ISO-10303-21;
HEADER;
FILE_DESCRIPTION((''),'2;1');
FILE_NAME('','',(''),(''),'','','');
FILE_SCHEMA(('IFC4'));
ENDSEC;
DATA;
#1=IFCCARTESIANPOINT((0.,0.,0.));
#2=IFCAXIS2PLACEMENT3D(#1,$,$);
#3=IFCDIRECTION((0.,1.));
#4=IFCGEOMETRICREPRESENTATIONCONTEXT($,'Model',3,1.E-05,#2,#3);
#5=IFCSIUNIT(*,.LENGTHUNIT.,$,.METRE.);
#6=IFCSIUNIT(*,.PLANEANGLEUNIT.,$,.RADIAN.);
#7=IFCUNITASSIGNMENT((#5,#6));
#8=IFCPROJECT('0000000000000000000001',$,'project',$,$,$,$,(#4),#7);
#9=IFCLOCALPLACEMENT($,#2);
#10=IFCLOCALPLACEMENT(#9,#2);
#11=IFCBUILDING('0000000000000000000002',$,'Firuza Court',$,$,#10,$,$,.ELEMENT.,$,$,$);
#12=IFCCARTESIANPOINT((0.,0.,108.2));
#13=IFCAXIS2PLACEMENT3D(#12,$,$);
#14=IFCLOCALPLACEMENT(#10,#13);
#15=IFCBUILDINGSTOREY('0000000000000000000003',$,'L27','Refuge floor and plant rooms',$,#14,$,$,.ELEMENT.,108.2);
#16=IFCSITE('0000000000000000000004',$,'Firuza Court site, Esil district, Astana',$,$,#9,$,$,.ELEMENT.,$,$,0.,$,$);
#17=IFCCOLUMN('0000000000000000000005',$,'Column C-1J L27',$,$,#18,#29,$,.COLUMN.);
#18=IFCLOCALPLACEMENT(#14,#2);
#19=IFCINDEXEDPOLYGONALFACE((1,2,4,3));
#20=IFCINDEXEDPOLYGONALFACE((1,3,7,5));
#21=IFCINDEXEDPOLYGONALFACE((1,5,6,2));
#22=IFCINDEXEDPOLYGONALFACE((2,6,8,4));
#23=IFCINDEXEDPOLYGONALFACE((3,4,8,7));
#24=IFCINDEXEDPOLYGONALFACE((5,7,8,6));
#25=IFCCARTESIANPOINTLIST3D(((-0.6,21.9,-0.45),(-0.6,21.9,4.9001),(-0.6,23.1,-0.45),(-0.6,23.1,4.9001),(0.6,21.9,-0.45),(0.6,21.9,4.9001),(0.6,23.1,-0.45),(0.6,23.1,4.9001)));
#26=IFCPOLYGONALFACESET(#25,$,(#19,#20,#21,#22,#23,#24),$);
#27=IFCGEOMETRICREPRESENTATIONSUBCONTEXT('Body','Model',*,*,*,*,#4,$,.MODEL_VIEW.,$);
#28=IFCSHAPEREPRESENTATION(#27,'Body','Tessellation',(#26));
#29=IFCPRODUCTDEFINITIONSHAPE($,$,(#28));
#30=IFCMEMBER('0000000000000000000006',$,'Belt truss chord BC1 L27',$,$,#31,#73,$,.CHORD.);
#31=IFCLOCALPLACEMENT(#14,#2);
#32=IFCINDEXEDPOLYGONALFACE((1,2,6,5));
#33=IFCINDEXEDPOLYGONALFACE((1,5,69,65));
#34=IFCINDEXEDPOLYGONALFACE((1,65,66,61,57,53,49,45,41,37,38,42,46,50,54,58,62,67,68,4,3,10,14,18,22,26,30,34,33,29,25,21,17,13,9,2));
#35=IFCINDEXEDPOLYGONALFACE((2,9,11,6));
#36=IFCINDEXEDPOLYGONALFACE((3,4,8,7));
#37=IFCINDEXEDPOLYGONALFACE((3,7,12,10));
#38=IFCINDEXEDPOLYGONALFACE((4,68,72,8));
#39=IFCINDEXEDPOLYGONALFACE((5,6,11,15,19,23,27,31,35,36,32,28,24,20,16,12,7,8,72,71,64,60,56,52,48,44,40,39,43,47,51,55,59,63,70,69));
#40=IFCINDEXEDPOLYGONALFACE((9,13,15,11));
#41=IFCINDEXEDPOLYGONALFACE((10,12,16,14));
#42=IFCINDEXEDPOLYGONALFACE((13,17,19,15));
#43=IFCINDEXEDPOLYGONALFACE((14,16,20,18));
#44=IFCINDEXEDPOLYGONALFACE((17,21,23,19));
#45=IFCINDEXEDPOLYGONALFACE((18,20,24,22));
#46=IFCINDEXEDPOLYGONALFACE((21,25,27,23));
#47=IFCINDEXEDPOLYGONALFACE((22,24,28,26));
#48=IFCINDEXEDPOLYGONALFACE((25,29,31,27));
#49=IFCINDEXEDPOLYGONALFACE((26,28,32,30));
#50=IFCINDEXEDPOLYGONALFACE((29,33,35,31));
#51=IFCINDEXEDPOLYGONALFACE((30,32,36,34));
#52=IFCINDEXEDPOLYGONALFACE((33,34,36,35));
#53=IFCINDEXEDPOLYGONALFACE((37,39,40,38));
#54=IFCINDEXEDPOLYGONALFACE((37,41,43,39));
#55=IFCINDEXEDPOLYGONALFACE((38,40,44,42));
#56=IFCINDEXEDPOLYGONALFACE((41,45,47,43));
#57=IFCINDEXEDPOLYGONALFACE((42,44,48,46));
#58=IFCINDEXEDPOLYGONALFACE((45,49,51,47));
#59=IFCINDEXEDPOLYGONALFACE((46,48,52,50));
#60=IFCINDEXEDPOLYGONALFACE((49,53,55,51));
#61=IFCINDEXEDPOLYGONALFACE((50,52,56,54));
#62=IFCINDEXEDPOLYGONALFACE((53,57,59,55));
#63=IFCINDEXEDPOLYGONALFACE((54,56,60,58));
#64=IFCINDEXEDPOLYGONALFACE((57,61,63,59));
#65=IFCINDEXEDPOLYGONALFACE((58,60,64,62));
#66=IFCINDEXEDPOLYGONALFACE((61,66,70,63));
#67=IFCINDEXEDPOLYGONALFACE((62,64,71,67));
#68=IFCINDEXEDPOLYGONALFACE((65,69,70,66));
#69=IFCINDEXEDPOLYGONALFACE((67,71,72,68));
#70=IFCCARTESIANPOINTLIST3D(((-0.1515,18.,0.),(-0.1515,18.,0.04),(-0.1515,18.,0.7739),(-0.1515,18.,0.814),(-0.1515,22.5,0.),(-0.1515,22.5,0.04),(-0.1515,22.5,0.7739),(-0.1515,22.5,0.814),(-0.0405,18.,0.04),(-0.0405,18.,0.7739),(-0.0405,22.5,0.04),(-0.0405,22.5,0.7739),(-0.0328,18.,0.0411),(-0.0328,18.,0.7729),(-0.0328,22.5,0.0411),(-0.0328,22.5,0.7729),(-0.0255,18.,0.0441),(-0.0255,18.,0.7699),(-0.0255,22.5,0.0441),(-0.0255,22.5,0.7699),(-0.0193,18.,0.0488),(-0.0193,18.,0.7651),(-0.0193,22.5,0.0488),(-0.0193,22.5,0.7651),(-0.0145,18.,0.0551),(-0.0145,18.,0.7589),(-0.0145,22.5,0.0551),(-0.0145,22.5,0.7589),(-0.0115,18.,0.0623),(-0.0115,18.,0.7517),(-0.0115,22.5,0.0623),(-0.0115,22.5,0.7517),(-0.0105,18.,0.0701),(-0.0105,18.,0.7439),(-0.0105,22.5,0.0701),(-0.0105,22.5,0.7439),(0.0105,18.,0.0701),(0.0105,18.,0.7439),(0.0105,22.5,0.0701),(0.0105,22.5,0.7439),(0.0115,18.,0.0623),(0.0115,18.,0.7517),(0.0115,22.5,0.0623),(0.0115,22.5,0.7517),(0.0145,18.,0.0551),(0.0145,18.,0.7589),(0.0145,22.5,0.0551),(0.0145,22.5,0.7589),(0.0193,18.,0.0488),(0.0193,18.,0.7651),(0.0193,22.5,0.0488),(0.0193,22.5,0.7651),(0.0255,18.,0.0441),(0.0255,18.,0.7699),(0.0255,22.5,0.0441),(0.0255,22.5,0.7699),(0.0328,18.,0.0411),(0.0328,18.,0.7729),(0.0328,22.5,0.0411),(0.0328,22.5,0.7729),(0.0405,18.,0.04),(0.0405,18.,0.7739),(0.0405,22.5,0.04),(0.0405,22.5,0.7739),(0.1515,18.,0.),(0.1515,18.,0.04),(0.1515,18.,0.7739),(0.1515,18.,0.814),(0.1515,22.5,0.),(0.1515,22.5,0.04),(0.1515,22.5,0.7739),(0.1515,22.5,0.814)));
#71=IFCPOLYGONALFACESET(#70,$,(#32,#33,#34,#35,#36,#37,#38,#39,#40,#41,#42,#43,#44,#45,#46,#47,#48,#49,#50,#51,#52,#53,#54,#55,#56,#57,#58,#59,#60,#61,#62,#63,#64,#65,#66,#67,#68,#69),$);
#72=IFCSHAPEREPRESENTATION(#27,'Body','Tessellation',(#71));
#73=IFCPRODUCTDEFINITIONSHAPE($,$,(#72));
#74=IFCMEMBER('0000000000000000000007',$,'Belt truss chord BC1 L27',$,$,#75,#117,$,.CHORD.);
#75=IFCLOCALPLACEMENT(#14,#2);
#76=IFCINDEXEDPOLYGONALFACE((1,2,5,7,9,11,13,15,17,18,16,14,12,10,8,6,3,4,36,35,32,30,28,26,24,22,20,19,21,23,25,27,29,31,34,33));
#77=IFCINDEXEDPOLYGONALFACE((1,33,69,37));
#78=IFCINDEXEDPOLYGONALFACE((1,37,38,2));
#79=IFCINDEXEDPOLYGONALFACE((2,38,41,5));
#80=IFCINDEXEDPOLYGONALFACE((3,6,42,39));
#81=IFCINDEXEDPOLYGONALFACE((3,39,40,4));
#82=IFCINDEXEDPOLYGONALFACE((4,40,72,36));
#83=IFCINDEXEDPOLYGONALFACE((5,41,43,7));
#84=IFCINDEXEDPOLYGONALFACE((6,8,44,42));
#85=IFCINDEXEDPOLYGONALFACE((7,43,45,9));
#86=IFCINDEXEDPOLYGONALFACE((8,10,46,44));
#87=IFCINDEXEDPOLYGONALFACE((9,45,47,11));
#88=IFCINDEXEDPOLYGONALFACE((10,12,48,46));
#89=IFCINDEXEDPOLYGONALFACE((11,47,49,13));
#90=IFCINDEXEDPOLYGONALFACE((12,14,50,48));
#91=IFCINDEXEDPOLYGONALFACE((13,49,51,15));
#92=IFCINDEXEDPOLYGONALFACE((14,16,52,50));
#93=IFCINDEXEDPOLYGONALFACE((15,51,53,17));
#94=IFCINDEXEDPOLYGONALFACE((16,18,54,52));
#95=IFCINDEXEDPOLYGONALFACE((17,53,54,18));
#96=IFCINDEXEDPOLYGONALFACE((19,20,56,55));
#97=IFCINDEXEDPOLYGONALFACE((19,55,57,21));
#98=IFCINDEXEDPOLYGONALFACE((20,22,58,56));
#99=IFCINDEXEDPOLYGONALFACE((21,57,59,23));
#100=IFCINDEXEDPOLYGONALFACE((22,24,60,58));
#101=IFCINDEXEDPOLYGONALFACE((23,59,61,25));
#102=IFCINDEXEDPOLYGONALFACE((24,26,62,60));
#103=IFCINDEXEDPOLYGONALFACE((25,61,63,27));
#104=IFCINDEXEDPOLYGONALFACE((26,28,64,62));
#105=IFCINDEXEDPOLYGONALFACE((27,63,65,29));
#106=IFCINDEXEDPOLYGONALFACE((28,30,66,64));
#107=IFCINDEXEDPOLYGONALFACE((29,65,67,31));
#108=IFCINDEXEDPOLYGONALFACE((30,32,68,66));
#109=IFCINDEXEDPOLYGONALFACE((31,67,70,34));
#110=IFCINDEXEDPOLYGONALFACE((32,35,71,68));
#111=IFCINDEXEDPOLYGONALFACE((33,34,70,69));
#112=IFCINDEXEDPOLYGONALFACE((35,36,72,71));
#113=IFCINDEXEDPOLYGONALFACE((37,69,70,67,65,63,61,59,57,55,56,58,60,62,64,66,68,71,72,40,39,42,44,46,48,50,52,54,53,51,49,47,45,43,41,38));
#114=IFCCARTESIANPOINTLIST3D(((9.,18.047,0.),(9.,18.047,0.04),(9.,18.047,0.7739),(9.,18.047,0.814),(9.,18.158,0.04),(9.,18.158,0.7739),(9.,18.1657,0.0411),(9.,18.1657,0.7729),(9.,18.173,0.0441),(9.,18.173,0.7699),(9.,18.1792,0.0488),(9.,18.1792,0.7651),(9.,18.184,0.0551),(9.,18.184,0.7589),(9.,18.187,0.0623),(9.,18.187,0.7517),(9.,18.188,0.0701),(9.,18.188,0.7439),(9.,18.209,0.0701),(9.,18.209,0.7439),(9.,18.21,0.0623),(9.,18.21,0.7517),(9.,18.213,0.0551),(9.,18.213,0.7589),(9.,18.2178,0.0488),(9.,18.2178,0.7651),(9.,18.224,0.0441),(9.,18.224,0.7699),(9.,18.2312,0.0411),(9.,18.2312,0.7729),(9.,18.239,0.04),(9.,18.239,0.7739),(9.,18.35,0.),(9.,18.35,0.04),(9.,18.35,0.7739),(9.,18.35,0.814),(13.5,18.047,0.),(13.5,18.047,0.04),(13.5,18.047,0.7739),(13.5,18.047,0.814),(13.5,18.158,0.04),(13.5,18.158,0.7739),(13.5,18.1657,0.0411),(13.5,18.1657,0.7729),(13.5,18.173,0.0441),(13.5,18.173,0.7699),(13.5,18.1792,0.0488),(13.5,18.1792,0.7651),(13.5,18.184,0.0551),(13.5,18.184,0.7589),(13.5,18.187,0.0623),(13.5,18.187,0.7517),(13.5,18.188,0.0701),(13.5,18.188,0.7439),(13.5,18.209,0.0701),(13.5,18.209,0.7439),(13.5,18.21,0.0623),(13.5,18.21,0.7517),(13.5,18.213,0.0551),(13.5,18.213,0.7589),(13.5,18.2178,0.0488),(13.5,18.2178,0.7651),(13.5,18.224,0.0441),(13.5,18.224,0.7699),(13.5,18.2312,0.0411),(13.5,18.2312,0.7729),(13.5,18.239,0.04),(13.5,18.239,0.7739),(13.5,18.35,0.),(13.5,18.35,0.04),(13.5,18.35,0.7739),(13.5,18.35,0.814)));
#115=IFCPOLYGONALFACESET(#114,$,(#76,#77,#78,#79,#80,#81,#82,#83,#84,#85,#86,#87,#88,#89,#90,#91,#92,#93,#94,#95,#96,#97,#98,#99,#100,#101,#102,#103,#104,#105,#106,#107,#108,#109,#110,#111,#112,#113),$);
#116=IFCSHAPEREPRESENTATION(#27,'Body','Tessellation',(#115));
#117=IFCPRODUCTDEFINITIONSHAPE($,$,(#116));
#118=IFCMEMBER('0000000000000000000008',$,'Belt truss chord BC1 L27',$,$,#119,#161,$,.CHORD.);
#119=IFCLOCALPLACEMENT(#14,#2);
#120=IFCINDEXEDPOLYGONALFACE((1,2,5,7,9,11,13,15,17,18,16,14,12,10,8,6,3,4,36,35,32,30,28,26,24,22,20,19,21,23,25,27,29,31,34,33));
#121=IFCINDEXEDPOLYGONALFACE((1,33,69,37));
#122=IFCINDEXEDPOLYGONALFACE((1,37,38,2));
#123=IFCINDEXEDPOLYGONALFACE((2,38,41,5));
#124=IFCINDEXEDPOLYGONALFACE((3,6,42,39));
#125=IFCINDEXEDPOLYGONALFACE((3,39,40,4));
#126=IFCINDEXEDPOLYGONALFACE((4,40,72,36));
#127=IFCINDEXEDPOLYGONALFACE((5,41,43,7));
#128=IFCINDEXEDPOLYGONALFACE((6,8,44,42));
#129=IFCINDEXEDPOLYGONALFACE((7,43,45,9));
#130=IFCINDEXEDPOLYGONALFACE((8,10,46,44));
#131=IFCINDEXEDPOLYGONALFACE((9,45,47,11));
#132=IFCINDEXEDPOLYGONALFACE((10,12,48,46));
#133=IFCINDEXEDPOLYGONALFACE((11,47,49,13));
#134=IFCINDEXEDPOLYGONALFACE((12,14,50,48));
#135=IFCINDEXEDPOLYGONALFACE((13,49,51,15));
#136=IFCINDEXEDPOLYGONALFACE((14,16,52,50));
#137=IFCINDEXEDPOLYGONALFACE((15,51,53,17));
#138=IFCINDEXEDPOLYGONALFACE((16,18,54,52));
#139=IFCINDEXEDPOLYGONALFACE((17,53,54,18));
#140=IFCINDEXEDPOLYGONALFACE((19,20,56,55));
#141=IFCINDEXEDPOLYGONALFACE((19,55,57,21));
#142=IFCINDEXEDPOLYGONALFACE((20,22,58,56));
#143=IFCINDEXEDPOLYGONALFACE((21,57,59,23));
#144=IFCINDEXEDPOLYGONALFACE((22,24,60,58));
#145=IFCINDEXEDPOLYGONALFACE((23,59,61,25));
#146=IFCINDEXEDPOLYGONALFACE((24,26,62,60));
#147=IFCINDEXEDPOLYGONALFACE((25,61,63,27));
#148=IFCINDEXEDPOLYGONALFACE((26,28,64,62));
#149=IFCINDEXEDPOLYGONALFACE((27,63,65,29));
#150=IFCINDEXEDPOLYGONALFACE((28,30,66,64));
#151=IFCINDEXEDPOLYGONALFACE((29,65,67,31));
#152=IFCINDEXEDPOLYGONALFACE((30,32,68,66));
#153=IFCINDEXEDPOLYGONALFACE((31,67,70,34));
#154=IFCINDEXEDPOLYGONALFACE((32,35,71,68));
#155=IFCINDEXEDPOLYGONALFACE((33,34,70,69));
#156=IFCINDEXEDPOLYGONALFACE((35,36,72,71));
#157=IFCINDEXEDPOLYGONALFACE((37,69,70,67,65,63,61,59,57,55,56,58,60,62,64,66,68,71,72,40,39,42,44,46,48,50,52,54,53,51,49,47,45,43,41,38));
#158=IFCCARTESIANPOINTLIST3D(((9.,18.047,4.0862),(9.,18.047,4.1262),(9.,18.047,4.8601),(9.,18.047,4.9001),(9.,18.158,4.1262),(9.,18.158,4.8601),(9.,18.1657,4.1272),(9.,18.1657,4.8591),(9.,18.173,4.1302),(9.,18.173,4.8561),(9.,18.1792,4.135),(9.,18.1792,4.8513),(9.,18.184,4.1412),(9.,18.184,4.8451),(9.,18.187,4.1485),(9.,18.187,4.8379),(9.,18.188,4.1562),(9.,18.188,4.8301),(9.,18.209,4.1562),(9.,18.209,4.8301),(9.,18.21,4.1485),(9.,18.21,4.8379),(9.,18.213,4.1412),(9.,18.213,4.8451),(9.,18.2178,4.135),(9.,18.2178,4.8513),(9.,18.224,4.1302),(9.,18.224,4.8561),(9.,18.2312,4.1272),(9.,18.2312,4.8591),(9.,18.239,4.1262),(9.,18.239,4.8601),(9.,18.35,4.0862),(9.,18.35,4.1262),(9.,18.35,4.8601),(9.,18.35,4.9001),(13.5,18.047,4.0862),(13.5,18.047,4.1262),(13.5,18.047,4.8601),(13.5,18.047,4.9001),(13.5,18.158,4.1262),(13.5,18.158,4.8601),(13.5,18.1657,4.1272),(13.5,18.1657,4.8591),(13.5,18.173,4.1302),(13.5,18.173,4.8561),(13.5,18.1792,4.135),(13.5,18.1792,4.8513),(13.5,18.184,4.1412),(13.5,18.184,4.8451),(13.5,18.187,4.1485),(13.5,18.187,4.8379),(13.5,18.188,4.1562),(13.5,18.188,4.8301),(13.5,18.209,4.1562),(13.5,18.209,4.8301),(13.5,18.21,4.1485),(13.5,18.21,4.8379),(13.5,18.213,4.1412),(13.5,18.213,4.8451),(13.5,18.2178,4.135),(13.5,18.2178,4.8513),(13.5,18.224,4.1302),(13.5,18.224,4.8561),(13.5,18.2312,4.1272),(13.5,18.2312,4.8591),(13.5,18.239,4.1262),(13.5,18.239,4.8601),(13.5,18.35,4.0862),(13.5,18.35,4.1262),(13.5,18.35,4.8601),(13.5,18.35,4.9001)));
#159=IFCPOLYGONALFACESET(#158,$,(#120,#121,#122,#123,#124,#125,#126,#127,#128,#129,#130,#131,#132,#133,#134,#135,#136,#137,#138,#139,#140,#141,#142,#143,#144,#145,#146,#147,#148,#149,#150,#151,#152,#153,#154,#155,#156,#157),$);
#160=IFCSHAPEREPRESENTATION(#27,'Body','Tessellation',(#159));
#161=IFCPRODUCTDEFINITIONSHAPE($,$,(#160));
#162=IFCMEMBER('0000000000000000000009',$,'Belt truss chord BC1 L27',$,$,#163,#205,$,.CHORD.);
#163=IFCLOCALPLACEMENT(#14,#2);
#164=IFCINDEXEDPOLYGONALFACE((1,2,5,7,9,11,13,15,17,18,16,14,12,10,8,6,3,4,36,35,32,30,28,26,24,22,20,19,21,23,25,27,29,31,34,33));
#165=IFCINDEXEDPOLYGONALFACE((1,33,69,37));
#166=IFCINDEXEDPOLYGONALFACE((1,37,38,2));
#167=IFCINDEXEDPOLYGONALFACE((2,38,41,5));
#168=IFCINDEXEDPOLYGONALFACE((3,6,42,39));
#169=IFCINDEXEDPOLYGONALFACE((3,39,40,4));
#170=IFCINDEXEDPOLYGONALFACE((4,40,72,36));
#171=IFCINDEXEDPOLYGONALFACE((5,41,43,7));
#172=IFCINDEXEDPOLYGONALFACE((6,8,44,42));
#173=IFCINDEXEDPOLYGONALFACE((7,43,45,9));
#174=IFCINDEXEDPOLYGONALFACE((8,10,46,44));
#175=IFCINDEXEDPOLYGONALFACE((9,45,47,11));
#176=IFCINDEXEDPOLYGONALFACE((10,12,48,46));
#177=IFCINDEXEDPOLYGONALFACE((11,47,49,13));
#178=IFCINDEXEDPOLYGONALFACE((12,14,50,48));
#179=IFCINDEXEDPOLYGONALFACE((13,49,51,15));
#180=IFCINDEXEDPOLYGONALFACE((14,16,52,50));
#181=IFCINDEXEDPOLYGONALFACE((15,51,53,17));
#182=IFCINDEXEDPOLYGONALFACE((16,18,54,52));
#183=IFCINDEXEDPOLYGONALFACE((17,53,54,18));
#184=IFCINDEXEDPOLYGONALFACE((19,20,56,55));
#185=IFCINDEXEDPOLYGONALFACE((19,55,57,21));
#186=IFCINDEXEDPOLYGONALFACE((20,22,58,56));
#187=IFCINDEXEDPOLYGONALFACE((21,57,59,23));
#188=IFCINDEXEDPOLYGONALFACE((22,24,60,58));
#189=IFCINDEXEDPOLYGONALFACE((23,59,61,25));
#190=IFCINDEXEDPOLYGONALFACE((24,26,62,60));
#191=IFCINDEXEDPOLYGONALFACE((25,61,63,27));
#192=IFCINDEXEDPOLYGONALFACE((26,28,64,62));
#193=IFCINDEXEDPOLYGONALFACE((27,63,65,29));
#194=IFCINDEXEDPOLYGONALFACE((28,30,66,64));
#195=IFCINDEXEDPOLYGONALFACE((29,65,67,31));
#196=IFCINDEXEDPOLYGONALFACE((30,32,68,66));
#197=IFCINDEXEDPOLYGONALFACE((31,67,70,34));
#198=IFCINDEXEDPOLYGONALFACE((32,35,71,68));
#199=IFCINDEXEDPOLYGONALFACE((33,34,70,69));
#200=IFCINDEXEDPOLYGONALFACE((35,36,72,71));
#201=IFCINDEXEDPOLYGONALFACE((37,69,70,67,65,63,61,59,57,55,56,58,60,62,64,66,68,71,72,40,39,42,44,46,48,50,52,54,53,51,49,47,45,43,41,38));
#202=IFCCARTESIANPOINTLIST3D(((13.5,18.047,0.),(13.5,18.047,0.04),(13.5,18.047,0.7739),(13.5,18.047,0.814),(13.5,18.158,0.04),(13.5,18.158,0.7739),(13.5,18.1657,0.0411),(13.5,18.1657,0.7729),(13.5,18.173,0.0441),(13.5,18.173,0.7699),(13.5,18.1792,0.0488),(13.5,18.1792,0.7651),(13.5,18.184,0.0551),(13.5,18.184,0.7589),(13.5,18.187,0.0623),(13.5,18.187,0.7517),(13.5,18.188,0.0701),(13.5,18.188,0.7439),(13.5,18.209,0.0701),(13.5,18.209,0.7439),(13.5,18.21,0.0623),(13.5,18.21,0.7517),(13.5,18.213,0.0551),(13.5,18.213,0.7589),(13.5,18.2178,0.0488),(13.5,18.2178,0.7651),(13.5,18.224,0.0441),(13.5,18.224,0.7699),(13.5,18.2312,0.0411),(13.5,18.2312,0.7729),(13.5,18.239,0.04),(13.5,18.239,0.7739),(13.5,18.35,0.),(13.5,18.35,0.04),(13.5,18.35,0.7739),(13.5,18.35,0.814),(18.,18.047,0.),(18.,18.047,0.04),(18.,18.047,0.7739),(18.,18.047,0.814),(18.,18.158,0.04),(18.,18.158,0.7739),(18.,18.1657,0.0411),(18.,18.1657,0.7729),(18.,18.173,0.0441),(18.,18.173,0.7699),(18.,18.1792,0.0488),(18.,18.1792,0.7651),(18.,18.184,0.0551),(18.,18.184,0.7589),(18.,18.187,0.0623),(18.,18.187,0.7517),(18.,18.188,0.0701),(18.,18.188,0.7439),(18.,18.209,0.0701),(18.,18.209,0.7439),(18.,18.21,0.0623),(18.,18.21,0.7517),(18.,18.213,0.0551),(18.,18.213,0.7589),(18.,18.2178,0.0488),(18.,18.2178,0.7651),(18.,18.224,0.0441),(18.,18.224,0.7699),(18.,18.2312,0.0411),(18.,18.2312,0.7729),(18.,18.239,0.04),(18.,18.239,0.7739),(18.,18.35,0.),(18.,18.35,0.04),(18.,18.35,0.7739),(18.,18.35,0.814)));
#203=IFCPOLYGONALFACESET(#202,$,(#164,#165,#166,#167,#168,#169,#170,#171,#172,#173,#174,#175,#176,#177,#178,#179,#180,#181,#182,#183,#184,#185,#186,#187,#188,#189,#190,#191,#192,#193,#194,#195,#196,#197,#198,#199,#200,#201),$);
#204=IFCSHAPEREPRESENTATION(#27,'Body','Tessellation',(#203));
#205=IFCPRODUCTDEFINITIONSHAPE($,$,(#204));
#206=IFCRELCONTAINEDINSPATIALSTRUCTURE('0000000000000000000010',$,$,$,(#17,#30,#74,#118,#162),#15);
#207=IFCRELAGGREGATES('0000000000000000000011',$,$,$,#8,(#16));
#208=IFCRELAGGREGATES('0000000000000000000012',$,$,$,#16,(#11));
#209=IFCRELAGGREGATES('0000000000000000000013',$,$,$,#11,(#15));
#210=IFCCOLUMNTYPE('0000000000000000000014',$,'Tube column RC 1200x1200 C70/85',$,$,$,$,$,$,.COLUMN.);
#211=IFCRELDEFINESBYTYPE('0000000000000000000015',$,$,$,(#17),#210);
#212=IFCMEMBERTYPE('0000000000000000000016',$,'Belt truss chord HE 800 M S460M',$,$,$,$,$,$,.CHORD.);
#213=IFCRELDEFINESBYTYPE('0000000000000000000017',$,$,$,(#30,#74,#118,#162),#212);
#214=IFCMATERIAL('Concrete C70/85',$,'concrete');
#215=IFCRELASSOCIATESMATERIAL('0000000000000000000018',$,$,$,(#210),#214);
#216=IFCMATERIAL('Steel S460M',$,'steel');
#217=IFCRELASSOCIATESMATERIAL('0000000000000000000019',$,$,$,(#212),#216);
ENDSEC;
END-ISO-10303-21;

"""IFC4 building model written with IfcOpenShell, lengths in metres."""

from ifc_helpers import new_model, si_unit, direction, frame, origin, origin_2d, place, context, subcontext, project, spatial, rectangle, i_section, extrude, material, material_profile, profile_set, type_object, element, save


model = new_model("IFC4")

# Units and contexts
model_context = context("Model", 3, precision=1e-05, world=origin(), true_north=direction((0.0, 1.0)))
body_context = subcontext(model_context, "Body", "Model", "MODEL_VIEW")
ifc_project = project(units=[si_unit("LENGTHUNIT", "METRE"), si_unit("PLANEANGLEUNIT", "RADIAN")], contexts=[model_context])

# Site, building, storey
site_placement = place(None, origin())
site = spatial("IfcSite", under=ifc_project, at=site_placement, Name="Firuza Court site, Esil district, Astana", CompositionType="ELEMENT", RefElevation=0.0)
building_placement = place(site_placement, origin())
building = spatial("IfcBuilding", under=site, at=building_placement, Name="Firuza Court", CompositionType="ELEMENT")
storey_placement = place(building_placement, frame((0.0, 0.0, 108.2)))
storey = spatial("IfcBuildingStorey", under=building, at=storey_placement, Name="L27", Description="Refuge floor and plant rooms", CompositionType="ELEMENT", Elevation=108.2)

# Column
ifc_material_1 = material(Name="Concrete C70/85", Category="concrete")
ifc_material_profile_1 = material_profile(ifc_material_1, rectangle(XDim=1.2, YDim=1.2, at=origin_2d()), Name="RC 1200x1200")
ifc_profile_set_1 = profile_set([ifc_material_profile_1], Name="Concrete C70/85")
column_type = type_object("IfcColumnType", Name="Tube column RC 1200x1200 C70/85", PredefinedType="COLUMN", material=ifc_profile_set_1)
column_placement = place(storey_placement, frame((0.0, 22.5, -0.45), z_axis=(0.0, 0.0, 1.0), x_axis=(1.0, 0.0, 0.0)))
element("IfcColumn", 1, at=column_placement, inside=storey, type_object=column_type, Name="Column C-1J L27", PredefinedType="COLUMN", context=body_context, shape_type="SweptSolid", body=[
    extrude(rectangle(XDim=1.2, YDim=1.2, at=origin_2d()), origin(), (0.0, 0.0, 1.0), 5.3501),
])

# Members
ifc_material_2 = material(Name="Steel S460M", Category="steel")
ifc_material_profile_2 = material_profile(ifc_material_2, i_section(OverallWidth=0.303, OverallDepth=0.814, WebThickness=0.021, FlangeThickness=0.04, FilletRadius=0.03, at=origin_2d()), Name="HE 800 M")
ifc_profile_set_2 = profile_set([ifc_material_profile_2], Name="Steel S460M")
member_type_1 = type_object("IfcMemberType", Name="Belt truss chord HE 800 M S460M", PredefinedType="CHORD", material=ifc_profile_set_2)
for number, where, z_axis, x_axis, name in (
    (2, (0.0, 22.5, 0.407), (0.0, -1.0, 0.0), (1.0, 0.0, 0.0), "Belt truss chord BC1 L27"),
    (3, (9.0, 18.1985, 0.407), (1.0, 0.0, 0.0), (0.0, 1.0, 0.0), "Belt truss chord BC1 L27"),
    (4, (9.0, 18.1985, 4.4932), (1.0, 0.0, 0.0), (0.0, 1.0, 0.0), "Belt truss chord BC1 L27"),
    (5, (13.5, 18.1985, 0.407), (1.0, 0.0, 0.0), (0.0, 1.0, 0.0), "Belt truss chord BC1 L27"),
):
    element("IfcMember", number, at=place(storey_placement, frame(where, z_axis=z_axis, x_axis=x_axis)), inside=storey, type_object=member_type_1, Name=name, PredefinedType="CHORD", context=body_context, shape_type="SweptSolid", body=[
        extrude(i_section(OverallWidth=0.303, OverallDepth=0.814, WebThickness=0.021, FlangeThickness=0.04, FilletRadius=0.03, at=origin_2d()), origin(), (0.0, 0.0, 1.0), 4.5),
    ])

save(model, "model.ifc")
